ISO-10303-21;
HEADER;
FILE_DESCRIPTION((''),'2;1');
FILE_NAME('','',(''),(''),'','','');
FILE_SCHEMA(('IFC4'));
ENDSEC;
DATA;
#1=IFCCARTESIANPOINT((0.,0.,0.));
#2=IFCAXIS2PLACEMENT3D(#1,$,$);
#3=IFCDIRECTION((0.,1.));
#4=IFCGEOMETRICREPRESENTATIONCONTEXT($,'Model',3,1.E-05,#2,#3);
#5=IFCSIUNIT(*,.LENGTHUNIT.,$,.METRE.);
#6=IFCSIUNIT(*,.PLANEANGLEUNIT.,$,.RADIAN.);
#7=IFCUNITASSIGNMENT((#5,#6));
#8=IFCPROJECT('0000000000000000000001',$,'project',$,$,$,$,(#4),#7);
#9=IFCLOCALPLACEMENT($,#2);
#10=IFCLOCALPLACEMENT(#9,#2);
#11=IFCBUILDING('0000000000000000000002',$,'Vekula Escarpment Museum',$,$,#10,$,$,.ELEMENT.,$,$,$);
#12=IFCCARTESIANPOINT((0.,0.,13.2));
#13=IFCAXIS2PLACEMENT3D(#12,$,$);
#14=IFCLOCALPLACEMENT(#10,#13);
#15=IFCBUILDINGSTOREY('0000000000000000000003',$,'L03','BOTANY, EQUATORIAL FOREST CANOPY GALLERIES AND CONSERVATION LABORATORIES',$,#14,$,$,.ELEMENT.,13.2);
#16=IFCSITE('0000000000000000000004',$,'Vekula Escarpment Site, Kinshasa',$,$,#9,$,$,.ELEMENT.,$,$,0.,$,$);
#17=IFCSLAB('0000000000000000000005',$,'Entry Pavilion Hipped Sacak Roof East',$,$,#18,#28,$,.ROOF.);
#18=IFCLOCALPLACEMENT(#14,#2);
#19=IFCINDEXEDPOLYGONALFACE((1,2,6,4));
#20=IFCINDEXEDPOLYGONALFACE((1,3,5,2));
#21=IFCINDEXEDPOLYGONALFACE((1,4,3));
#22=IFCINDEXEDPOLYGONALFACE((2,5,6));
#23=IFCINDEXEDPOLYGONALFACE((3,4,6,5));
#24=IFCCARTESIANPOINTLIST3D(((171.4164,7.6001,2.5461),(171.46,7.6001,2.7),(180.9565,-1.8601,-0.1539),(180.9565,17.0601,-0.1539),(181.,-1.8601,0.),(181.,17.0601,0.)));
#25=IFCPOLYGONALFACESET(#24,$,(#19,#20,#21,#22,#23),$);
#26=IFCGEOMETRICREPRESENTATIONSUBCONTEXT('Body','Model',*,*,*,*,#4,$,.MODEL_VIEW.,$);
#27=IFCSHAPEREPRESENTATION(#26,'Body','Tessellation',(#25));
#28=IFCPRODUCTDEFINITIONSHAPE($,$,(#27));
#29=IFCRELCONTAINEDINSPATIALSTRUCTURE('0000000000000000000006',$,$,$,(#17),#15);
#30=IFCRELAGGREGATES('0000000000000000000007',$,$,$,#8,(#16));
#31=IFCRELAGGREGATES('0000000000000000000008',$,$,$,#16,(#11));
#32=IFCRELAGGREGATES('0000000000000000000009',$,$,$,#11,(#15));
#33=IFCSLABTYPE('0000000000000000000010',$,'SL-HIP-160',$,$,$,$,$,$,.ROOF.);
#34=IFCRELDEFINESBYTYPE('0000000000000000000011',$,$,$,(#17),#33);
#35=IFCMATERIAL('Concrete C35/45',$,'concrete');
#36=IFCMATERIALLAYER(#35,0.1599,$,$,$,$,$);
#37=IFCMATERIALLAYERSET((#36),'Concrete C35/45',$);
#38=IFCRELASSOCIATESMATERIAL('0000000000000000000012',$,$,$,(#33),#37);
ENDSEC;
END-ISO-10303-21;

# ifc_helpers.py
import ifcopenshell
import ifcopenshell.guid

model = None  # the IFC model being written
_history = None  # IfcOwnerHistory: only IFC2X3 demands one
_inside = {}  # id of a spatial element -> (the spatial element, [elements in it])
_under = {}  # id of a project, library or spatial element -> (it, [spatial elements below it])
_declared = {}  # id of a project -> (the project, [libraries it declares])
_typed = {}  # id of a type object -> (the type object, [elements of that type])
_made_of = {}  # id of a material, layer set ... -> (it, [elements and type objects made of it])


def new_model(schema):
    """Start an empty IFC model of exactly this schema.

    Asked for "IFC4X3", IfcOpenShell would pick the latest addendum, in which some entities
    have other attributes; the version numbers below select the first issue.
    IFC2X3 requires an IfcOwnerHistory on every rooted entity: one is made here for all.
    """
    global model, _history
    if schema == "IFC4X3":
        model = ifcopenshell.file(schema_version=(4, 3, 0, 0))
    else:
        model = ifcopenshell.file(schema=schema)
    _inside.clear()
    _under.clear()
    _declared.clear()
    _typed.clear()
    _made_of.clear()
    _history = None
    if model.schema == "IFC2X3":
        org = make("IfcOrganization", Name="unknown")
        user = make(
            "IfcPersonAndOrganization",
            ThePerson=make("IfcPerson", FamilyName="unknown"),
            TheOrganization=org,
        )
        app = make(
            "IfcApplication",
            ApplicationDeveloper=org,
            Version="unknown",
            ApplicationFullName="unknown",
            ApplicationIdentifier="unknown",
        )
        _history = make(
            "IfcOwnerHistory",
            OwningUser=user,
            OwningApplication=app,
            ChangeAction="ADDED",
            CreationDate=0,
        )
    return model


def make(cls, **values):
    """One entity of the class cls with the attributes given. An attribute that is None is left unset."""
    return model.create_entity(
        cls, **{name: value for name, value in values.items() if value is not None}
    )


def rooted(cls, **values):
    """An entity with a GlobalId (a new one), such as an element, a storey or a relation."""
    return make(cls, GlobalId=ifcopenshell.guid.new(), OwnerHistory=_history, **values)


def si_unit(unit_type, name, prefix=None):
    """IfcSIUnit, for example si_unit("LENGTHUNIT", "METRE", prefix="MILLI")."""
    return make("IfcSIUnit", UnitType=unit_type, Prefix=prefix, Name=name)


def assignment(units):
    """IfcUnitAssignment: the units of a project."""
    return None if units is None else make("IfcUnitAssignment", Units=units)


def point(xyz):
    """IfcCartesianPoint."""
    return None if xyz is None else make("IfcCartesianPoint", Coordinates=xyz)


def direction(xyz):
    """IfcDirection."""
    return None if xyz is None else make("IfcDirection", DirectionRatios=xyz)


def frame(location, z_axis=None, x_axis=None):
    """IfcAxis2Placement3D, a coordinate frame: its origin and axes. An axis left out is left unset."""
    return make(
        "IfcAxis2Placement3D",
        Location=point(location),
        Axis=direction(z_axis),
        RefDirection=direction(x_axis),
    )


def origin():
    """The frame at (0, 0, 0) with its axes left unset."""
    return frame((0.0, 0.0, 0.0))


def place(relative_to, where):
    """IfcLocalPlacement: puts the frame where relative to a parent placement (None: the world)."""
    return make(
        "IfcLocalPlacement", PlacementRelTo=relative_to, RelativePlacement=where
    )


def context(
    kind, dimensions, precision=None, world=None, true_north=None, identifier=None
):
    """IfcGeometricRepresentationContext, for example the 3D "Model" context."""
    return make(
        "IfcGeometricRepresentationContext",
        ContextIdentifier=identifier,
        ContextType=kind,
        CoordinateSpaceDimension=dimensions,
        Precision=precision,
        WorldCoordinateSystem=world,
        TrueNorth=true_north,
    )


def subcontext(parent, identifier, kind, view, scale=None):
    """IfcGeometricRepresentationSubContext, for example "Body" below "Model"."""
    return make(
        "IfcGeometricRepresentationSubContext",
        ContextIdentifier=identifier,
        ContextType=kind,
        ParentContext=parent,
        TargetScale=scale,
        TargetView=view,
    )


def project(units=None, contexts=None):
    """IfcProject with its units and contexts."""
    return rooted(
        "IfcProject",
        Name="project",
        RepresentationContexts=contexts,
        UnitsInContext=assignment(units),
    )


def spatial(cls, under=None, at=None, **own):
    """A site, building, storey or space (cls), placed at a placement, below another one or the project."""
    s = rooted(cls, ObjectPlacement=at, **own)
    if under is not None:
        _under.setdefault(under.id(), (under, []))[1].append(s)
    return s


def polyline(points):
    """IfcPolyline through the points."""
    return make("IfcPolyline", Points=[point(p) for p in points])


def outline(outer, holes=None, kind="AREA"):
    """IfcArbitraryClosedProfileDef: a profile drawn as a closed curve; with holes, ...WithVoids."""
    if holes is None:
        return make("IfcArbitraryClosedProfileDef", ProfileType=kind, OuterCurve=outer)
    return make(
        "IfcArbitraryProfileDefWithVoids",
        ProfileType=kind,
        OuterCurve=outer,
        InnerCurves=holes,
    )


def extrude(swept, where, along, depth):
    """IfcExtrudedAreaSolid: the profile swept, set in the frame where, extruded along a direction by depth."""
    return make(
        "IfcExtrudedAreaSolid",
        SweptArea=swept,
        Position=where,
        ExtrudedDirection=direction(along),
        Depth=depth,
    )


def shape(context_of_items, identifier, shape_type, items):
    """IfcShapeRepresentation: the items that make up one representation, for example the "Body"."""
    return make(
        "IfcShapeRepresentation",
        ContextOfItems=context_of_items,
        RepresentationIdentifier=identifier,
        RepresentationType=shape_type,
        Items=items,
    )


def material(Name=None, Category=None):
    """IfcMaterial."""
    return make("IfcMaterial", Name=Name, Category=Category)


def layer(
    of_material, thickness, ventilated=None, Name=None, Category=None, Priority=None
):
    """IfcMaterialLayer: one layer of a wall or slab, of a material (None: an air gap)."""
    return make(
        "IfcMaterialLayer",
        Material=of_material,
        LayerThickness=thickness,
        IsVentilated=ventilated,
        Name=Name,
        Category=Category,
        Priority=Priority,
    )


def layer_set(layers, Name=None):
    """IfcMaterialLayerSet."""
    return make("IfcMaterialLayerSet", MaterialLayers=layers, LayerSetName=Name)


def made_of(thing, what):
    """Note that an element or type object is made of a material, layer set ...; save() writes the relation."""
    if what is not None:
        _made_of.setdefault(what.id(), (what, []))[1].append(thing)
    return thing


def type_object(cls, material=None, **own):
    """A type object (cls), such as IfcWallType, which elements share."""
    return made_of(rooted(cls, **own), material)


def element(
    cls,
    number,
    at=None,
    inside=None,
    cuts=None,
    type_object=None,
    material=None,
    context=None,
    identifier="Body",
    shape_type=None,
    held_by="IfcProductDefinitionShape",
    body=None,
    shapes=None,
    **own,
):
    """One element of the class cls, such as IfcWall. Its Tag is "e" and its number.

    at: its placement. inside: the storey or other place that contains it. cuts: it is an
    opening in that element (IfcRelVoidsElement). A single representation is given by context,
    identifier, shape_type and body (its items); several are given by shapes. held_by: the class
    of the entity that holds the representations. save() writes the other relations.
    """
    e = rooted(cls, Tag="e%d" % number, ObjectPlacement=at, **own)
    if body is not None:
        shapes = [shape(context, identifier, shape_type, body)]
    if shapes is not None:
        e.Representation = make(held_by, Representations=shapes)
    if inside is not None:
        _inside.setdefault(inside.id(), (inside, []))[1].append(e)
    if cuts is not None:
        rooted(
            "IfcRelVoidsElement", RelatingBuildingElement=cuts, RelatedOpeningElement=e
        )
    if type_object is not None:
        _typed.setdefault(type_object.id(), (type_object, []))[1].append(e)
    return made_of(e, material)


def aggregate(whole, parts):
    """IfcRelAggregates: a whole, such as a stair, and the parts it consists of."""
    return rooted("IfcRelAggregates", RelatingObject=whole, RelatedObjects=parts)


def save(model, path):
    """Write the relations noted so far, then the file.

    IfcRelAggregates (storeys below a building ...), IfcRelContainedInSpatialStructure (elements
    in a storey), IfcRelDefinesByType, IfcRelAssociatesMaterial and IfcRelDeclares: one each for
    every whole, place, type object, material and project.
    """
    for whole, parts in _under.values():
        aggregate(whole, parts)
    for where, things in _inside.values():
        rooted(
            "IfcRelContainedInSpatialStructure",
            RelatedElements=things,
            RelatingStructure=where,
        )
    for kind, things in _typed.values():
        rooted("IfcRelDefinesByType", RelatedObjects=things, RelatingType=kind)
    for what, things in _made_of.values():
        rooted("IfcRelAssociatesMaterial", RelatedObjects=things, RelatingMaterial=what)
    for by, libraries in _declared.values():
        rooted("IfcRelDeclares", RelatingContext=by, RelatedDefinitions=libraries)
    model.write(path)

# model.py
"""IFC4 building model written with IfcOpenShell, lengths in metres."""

from ifc_helpers import new_model, si_unit, direction, frame, origin, place, context, subcontext, project, spatial, polyline, outline, extrude, material, layer, layer_set, type_object, element, save


model = new_model("IFC4")

# Units and contexts
model_context = context("Model", 3, precision=1e-05, world=origin(), true_north=direction((0.0, 1.0)))
body_context = subcontext(model_context, "Body", "Model", "MODEL_VIEW")
ifc_project = project(units=[si_unit("LENGTHUNIT", "METRE"), si_unit("PLANEANGLEUNIT", "RADIAN")], contexts=[model_context])

# Site, building, storey
site_placement = place(None, origin())
site = spatial("IfcSite", under=ifc_project, at=site_placement, Name="Vekula Escarpment Site, Kinshasa", CompositionType="ELEMENT", RefElevation=0.0)
building_placement = place(site_placement, origin())
building = spatial("IfcBuilding", under=site, at=building_placement, Name="Vekula Escarpment Museum", CompositionType="ELEMENT")
storey_placement = place(building_placement, frame((0.0, 0.0, 13.2)))
storey = spatial("IfcBuildingStorey", under=building, at=storey_placement, Name="L03", Description="BOTANY, EQUATORIAL FOREST CANOPY GALLERIES AND CONSERVATION LABORATORIES", CompositionType="ELEMENT", Elevation=13.2)

# Slab
ifc_material_1 = material(Name="Concrete C35/45", Category="concrete")
ifc_layer = layer(ifc_material_1, 0.1599)
ifc_layer_set = layer_set([ifc_layer], Name="Concrete C35/45")
slab_type = type_object("IfcSlabType", Name="SL-HIP-160", PredefinedType="ROOF", material=ifc_layer_set)
slab_placement = place(storey_placement, frame((181.0, -1.8601, 0.0), z_axis=(0.272317, 0.0, 0.962208), x_axis=(0.0, 1.0, 0.0)))
element("IfcSlab", 1, at=slab_placement, inside=storey, type_object=slab_type, Name="Entry Pavilion Hipped Sacak Roof East", PredefinedType="ROOF", context=body_context, shape_type="SweptSolid", body=[
    extrude(outline(polyline([(0.0, 0.0), (18.9202, 0.0), (9.4602, 9.9147), (0.0, 0.0)])), origin(), (0.0, 0.0, -1.0), 0.1599),
])

save(model, "model.ifc")
